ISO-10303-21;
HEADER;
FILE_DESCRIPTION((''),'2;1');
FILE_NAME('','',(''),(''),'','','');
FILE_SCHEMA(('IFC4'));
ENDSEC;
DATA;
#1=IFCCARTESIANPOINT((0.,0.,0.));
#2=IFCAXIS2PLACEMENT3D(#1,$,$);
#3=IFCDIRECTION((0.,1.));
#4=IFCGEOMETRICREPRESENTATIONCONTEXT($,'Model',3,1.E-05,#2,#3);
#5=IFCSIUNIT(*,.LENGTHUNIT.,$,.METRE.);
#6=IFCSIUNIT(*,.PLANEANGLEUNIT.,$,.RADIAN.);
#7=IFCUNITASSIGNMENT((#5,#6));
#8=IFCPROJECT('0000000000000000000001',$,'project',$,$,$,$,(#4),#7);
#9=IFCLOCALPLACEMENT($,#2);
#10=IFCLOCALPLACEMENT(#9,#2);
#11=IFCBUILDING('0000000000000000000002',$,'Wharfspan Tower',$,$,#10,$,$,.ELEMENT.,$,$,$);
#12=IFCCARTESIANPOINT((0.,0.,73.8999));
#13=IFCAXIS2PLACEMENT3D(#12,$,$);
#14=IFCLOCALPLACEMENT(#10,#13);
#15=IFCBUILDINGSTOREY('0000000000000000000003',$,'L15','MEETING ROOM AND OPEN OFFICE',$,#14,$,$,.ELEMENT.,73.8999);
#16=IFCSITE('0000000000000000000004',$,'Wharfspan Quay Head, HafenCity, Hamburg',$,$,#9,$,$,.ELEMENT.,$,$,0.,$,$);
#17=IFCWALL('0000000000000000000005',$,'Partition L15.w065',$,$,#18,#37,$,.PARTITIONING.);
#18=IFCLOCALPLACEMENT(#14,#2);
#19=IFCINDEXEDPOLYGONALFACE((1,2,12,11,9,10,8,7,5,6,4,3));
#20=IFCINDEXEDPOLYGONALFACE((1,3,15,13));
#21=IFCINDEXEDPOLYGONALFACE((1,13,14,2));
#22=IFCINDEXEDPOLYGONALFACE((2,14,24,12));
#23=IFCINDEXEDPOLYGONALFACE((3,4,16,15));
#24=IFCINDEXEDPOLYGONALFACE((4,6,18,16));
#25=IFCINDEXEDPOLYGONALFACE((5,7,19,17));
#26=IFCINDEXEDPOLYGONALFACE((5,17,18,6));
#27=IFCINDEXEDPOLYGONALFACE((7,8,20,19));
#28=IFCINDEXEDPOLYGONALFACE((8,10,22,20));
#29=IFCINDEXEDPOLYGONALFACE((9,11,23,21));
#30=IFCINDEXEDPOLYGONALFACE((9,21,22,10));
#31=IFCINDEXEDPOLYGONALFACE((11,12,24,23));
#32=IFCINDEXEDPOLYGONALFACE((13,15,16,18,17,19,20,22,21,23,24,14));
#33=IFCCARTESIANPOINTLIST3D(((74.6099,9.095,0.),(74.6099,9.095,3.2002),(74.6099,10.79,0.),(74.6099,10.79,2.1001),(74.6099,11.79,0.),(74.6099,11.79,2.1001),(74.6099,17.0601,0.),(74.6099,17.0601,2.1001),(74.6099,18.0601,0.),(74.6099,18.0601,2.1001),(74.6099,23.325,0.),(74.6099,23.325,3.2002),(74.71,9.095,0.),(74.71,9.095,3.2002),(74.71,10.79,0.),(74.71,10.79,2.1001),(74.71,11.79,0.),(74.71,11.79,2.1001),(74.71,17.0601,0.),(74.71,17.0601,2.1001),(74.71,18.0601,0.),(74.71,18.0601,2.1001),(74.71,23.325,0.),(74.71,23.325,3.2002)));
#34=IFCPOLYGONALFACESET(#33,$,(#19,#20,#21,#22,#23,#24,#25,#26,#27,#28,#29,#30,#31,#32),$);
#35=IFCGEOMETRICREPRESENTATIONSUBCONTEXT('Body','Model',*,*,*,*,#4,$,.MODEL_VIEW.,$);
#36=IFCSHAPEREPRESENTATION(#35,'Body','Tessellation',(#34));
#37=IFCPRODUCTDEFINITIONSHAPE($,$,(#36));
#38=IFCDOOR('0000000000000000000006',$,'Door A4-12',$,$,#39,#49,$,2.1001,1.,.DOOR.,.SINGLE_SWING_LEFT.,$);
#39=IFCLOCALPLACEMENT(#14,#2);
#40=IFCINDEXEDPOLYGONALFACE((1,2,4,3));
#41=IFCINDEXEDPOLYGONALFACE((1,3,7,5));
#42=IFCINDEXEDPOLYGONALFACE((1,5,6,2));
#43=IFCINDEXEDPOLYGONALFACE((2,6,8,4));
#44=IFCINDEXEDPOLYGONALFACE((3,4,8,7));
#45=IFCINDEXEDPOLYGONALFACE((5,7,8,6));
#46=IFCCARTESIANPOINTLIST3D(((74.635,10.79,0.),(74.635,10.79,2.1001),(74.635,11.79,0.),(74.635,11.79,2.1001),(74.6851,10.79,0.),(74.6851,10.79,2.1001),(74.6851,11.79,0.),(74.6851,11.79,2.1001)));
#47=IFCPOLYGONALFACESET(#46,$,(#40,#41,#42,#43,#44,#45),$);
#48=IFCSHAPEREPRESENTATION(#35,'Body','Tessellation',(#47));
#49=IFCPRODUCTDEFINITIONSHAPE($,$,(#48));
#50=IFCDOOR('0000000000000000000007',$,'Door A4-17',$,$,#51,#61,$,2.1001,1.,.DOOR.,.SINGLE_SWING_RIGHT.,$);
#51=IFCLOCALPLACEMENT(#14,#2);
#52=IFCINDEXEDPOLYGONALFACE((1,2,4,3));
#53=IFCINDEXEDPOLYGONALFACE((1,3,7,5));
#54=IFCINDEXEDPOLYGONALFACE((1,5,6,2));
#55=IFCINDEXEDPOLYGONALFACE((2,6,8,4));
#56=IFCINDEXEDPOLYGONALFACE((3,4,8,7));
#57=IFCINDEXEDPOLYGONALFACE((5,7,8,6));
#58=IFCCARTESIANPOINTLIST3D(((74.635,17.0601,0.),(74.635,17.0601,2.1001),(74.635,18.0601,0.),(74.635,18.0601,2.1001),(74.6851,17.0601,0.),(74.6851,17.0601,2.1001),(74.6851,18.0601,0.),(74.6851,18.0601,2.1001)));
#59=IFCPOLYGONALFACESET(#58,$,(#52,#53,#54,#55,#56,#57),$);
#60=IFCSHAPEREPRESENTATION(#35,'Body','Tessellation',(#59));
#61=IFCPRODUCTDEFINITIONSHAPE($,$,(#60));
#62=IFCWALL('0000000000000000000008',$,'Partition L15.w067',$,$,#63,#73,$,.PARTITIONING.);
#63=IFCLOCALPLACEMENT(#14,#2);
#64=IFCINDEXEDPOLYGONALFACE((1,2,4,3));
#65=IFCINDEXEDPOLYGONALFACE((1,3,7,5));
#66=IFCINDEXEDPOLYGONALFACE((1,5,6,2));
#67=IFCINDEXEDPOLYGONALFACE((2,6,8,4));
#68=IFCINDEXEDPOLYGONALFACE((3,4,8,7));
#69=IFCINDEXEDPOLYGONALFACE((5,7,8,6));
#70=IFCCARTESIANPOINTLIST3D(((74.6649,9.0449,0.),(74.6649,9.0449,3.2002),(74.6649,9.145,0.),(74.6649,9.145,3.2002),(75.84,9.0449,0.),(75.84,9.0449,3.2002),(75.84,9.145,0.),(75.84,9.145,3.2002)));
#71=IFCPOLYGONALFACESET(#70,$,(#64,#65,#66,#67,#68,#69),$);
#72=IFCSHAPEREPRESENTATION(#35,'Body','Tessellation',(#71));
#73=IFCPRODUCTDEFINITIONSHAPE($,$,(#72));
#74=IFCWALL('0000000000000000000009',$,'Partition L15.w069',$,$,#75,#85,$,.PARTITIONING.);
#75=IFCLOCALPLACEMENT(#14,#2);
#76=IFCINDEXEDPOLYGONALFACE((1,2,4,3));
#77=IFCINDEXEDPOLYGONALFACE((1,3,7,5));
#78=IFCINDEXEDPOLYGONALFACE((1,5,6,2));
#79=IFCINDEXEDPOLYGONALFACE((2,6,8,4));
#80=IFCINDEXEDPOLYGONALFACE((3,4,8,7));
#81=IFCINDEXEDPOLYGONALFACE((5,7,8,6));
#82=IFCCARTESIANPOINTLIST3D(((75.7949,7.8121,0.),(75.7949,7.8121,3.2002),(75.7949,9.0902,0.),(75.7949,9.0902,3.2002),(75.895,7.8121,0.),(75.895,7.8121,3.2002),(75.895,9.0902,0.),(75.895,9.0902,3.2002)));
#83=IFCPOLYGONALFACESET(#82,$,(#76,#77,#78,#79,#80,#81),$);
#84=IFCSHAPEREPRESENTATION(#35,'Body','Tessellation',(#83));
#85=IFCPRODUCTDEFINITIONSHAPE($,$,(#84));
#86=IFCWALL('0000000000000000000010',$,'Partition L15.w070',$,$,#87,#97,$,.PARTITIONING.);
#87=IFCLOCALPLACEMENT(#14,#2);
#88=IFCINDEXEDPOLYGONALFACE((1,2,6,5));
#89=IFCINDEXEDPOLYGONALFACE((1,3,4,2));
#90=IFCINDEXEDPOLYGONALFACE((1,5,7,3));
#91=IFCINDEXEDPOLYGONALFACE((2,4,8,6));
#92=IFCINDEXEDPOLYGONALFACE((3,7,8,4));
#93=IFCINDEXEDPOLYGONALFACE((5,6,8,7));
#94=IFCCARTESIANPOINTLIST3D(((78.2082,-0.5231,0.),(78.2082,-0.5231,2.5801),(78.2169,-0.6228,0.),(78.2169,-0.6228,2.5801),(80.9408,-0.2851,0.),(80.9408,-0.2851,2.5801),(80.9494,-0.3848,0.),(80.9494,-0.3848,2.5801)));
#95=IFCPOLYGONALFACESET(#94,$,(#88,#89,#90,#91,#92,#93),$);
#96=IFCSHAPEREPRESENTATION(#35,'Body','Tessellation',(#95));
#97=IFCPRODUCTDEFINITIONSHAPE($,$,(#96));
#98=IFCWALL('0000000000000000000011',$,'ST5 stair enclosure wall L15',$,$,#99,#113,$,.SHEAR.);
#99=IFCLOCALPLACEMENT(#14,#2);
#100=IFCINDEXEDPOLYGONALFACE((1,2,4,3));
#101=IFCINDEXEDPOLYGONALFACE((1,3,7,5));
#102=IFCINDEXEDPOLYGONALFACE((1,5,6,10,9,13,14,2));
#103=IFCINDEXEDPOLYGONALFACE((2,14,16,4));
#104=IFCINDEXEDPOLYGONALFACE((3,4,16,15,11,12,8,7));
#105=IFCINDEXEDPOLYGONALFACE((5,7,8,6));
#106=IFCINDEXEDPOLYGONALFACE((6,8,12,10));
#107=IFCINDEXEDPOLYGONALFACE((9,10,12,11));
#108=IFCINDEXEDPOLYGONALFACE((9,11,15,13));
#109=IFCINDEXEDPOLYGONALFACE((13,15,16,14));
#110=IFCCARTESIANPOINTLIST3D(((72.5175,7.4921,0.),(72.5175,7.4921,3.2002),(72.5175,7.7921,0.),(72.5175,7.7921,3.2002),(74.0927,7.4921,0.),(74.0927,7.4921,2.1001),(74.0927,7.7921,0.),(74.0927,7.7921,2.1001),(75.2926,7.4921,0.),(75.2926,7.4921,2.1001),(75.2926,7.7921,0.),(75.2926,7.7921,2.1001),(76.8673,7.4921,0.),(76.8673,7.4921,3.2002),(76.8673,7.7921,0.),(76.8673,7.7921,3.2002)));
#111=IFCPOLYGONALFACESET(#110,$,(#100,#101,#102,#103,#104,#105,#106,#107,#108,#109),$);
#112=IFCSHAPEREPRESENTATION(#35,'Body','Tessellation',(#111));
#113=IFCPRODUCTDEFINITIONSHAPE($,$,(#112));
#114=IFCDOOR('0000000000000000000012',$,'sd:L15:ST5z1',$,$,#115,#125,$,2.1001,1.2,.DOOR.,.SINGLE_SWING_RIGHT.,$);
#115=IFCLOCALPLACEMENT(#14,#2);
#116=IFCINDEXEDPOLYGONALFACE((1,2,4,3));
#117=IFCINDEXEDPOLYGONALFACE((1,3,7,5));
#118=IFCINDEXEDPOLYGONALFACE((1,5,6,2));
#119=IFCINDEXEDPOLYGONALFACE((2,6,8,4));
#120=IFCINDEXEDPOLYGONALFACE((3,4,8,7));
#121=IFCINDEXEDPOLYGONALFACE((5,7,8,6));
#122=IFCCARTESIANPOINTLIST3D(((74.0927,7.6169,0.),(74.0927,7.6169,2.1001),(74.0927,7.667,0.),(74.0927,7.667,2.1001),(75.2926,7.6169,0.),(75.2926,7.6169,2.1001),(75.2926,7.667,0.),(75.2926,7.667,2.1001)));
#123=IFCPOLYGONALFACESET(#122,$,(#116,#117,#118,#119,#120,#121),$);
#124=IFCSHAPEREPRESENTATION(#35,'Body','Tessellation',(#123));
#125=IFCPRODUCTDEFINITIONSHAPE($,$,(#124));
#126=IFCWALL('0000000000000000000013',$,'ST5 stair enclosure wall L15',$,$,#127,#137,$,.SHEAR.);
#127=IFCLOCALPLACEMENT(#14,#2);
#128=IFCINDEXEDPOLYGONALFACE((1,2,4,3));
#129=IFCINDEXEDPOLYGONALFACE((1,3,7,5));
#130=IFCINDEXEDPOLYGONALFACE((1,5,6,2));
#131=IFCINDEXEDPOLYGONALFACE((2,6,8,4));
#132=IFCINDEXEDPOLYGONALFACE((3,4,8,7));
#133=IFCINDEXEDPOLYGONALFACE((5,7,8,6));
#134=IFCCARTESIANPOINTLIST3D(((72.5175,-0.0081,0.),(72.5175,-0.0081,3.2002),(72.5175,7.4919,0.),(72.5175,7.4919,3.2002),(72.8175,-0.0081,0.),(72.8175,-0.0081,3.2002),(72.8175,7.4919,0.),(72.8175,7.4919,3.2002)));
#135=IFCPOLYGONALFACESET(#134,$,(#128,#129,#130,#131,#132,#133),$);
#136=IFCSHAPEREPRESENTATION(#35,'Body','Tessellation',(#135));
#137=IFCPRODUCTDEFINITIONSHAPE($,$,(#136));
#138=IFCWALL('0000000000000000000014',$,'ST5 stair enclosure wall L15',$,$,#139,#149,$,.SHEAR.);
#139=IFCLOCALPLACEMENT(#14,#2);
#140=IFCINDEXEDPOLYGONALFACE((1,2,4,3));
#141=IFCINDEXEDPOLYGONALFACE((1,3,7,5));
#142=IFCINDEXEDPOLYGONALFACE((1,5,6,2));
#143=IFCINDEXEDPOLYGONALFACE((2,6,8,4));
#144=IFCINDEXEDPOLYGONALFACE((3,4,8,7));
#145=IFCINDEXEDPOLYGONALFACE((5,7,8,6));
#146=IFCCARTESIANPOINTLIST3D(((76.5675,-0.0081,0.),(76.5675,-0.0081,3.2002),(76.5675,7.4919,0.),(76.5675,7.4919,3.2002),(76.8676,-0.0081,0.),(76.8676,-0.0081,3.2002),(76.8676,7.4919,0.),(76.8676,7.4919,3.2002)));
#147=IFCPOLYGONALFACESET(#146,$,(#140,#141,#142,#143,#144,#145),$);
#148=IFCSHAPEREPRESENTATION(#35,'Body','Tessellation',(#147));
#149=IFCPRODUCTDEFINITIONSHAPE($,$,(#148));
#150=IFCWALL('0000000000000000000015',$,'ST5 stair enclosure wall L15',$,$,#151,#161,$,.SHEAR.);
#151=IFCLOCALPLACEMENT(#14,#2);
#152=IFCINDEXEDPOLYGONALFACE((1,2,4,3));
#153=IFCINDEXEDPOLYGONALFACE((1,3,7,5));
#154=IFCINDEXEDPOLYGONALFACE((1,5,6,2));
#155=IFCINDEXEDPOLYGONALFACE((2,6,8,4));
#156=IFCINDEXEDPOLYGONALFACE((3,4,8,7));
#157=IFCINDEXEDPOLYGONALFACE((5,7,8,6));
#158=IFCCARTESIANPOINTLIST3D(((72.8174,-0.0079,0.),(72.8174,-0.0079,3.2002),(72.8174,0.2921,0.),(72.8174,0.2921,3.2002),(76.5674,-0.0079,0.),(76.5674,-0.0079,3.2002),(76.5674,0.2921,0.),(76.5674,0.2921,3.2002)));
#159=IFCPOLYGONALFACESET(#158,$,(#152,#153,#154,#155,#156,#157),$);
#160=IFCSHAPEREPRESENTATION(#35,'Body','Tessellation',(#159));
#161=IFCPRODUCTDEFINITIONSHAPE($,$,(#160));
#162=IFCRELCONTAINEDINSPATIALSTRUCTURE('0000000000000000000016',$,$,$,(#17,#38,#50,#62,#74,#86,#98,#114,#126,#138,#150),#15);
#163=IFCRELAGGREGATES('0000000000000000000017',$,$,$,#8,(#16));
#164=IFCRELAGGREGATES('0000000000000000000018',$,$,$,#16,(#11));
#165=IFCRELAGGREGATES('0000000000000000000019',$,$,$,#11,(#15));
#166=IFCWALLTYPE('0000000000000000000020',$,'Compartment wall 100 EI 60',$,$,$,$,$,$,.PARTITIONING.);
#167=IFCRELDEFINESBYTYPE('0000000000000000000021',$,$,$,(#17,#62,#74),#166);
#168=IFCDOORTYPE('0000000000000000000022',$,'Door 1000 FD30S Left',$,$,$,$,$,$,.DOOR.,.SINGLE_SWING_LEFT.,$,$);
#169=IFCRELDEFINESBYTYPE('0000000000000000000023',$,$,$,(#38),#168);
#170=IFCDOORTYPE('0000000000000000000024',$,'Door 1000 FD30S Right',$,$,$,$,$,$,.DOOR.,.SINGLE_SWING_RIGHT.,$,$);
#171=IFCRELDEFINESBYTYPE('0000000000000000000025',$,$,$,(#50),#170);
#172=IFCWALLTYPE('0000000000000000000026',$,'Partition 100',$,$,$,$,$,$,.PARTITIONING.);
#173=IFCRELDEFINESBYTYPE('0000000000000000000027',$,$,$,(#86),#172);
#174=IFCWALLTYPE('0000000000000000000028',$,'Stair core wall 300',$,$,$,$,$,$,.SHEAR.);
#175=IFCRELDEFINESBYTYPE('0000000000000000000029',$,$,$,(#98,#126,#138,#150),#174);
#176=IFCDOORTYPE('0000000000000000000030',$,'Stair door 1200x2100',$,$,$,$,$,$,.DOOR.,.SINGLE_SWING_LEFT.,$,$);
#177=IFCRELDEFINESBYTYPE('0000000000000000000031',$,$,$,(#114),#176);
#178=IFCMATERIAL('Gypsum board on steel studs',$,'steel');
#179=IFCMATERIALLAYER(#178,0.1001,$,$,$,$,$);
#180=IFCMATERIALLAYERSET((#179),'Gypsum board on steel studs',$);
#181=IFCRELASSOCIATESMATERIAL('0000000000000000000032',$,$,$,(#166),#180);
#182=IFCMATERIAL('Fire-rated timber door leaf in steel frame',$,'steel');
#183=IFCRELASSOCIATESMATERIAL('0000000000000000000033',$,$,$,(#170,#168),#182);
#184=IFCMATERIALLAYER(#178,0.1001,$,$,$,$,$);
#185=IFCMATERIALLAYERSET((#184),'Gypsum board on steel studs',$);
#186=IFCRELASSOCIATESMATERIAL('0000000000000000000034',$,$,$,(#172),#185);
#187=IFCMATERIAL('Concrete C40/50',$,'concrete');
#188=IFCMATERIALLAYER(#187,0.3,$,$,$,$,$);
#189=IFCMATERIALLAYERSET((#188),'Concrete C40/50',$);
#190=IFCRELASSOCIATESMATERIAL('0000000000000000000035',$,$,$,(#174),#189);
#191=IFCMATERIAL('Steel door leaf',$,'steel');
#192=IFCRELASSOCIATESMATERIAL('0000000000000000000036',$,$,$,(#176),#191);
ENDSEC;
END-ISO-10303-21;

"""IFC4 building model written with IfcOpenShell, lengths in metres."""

from ifc_helpers import new_model, si_unit, direction, frame, frame_2d, origin, place, context, subcontext, project, spatial, rectangle, extrude, material, layer, layer_set, type_object, element, fill, save


model = new_model("IFC4")

# Units and contexts
model_context = context("Model", 3, precision=1e-05, world=origin(), true_north=direction((0.0, 1.0)))
body_context = subcontext(model_context, "Body", "Model", "MODEL_VIEW")
ifc_project = project(units=[si_unit("LENGTHUNIT", "METRE"), si_unit("PLANEANGLEUNIT", "RADIAN")], contexts=[model_context])

# Site, building, storey
site_placement = place(None, origin())
site = spatial("IfcSite", under=ifc_project, at=site_placement, Name="Wharfspan Quay Head, HafenCity, Hamburg", CompositionType="ELEMENT", RefElevation=0.0)
building_placement = place(site_placement, origin())
building = spatial("IfcBuilding", under=site, at=building_placement, Name="Wharfspan Tower", CompositionType="ELEMENT")
storey_placement = place(building_placement, frame((0.0, 0.0, 73.8999)))
storey = spatial("IfcBuildingStorey", under=building, at=storey_placement, Name="L15", Description="MEETING ROOM AND OPEN OFFICE", CompositionType="ELEMENT", Elevation=73.8999)

# Wall, openings, doors
ifc_material_1 = material(Name="Gypsum board on steel studs", Category="steel")
ifc_layer_1 = layer(ifc_material_1, 0.1001)
ifc_layer_set_1 = layer_set([ifc_layer_1], Name="Gypsum board on steel studs")
wall_type_1 = type_object("IfcWallType", Name="Compartment wall 100 EI 60", PredefinedType="PARTITIONING", material=ifc_layer_set_1)
ifc_material_2 = material(Name="Fire-rated timber door leaf in steel frame", Category="steel")
door_type_1 = type_object("IfcDoorType", Name="Door 1000 FD30S Right", OperationType="SINGLE_SWING_RIGHT", PredefinedType="DOOR", material=ifc_material_2)
wall_1_placement = place(storey_placement, frame((74.6599, 9.095, 0.0), z_axis=(0.0, 0.0, 1.0), x_axis=(0.0, 1.0, 0.0)))
wall_1 = element("IfcWall", 1, at=wall_1_placement, inside=storey, type_object=wall_type_1, Name="Partition L15.w065", PredefinedType="PARTITIONING", context=body_context, shape_type="SweptSolid", body=[
    extrude(rectangle(XDim=14.23, YDim=0.1001, at=frame_2d((7.115, 0.0))), origin(), (0.0, 0.0, 1.0), 3.2002),
])
opening_1_placement = place(wall_1_placement, frame((1.6951, 0.0, 0.0)))
opening_1 = element("IfcOpeningElement", 2, at=opening_1_placement, cuts=wall_1, PredefinedType="OPENING", context=body_context, shape_type="SweptSolid", body=[
    extrude(rectangle(XDim=1.0, YDim=2.1001, at=frame_2d((0.5, 1.05))), frame((0.0, 0.0601, 0.0), z_axis=(0.0, -1.0, 0.0), x_axis=(1.0, 0.0, 0.0)), (0.0, 0.0, 1.0), 0.1201),
])
opening_2_placement = place(wall_1_placement, frame((7.9651, 0.0, 0.0)))
opening_2 = element("IfcOpeningElement", 3, at=opening_2_placement, cuts=wall_1, PredefinedType="OPENING", context=body_context, shape_type="SweptSolid", body=[
    extrude(rectangle(XDim=1.0, YDim=2.1001, at=frame_2d((0.5, 1.05))), frame((0.0, 0.0601, 0.0), z_axis=(0.0, -1.0, 0.0), x_axis=(1.0, 0.0, 0.0)), (0.0, 0.0, 1.0), 0.1201),
])
door_type_2 = type_object("IfcDoorType", Name="Door 1000 FD30S Left", OperationType="SINGLE_SWING_LEFT", PredefinedType="DOOR", material=ifc_material_2)
door_1_placement = place(opening_1_placement, origin())
door_1 = element("IfcDoor", 4, at=door_1_placement, inside=storey, type_object=door_type_2, Name="Door A4-12", OperationType="SINGLE_SWING_LEFT", OverallHeight=2.1001, OverallWidth=1.0, PredefinedType="DOOR", context=body_context, shape_type="SweptSolid", body=[
    extrude(rectangle(XDim=1.0, YDim=2.1001, at=frame_2d((0.5, 1.05))), frame((0.0, 0.0249, 0.0), z_axis=(0.0, -1.0, 0.0), x_axis=(1.0, 0.0, 0.0)), (0.0, 0.0, 1.0), 0.05),
])
fill(opening_1, door_1)
door_2_placement = place(opening_2_placement, origin())
door_2 = element("IfcDoor", 5, at=door_2_placement, inside=storey, type_object=door_type_1, Name="Door A4-17", OperationType="SINGLE_SWING_RIGHT", OverallHeight=2.1001, OverallWidth=1.0, PredefinedType="DOOR", context=body_context, shape_type="SweptSolid", body=[
    extrude(rectangle(XDim=1.0, YDim=2.1001, at=frame_2d((0.5, 1.05))), frame((0.0, 0.0249, 0.0), z_axis=(0.0, -1.0, 0.0), x_axis=(1.0, 0.0, 0.0)), (0.0, 0.0, 1.0), 0.05),
])
fill(opening_2, door_2)

# Walls
wall_2_placement = place(storey_placement, frame((74.665, 9.095, 0.0), z_axis=(0.0, 0.0, 1.0), x_axis=(1.0, 0.0, 0.0)))
element("IfcWall", 6, at=wall_2_placement, inside=storey, type_object=wall_type_1, Name="Partition L15.w067", PredefinedType="PARTITIONING", context=body_context, shape_type="SweptSolid", body=[
    extrude(rectangle(XDim=1.175, YDim=0.1001, at=frame_2d((0.5874, 0.0))), origin(), (0.0, 0.0, 1.0), 3.2002),
])
wall_3_placement = place(storey_placement, frame((75.845, 7.812, 0.0), z_axis=(0.0, 0.0, 1.0), x_axis=(0.0, 1.0, 0.0)))
element("IfcWall", 7, at=wall_3_placement, inside=storey, type_object=wall_type_1, Name="Partition L15.w069", PredefinedType="PARTITIONING", context=body_context, shape_type="SweptSolid", body=[
    extrude(rectangle(XDim=1.2781, YDim=0.1001, at=frame_2d((0.6392, 0.0))), origin(), (0.0, 0.0, 1.0), 3.2002),
])
ifc_layer_2 = layer(ifc_material_1, 0.1001)
ifc_layer_set_2 = layer_set([ifc_layer_2], Name="Gypsum board on steel studs")
wall_type_2 = type_object("IfcWallType", Name="Partition 100", PredefinedType="PARTITIONING", material=ifc_layer_set_2)
wall_4_placement = place(storey_placement, frame((78.2124, -0.573, 0.0), z_axis=(0.0, 0.0, 1.0), x_axis=(0.996224, 0.086779, 0.0)))
element("IfcWall", 8, at=wall_4_placement, inside=storey, type_object=wall_type_2, Name="Partition L15.w070", PredefinedType="PARTITIONING", context=body_context, shape_type="SweptSolid", body=[
    extrude(rectangle(XDim=2.7429, YDim=0.1001, at=frame_2d((1.3716, 0.0))), origin(), (0.0, 0.0, 1.0), 2.5801),
])

# Wall, opening, door
ifc_material_3 = material(Name="Concrete C40/50", Category="concrete")
ifc_layer_3 = layer(ifc_material_3, 0.3)
ifc_layer_set_3 = layer_set([ifc_layer_3], Name="Concrete C40/50")
wall_type_3 = type_object("IfcWallType", Name="Stair core wall 300", PredefinedType="SHEAR", material=ifc_layer_set_3)
wall_5_placement = place(storey_placement, frame((72.5176, 7.6421, 0.0), z_axis=(0.0, 0.0, 1.0), x_axis=(1.0, 0.0, 0.0)))
wall_5 = element("IfcWall", 9, at=wall_5_placement, inside=storey, type_object=wall_type_3, Name="ST5 stair enclosure wall L15", PredefinedType="SHEAR", context=body_context, shape_type="SweptSolid", body=[
    extrude(rectangle(XDim=4.3499, YDim=0.3, at=frame_2d((2.1748, 0.0))), origin(), (0.0, 0.0, 1.0), 3.2002),
])
opening_3_placement = place(wall_5_placement, frame((1.575, 0.0, 0.0)))
opening_3 = element("IfcOpeningElement", 10, at=opening_3_placement, cuts=wall_5, PredefinedType="OPENING", context=body_context, shape_type="SweptSolid", body=[
    extrude(rectangle(XDim=1.2, YDim=2.1001, at=frame_2d((0.6001, 1.05))), frame((0.0, 0.1599, 0.0), z_axis=(0.0, -1.0, 0.0), x_axis=(1.0, 0.0, 0.0)), (0.0, 0.0, 1.0), 0.3201),
])
ifc_material_4 = material(Name="Steel door leaf", Category="steel")
door_type_3 = type_object("IfcDoorType", Name="Stair door 1200x2100", OperationType="SINGLE_SWING_LEFT", PredefinedType="DOOR", material=ifc_material_4)
door_3_placement = place(opening_3_placement, origin())
door_3 = element("IfcDoor", 11, at=door_3_placement, inside=storey, type_object=door_type_3, Name="sd:L15:ST5z1", OperationType="SINGLE_SWING_RIGHT", OverallHeight=2.1001, OverallWidth=1.2, PredefinedType="DOOR", context=body_context, shape_type="SweptSolid", body=[
    extrude(rectangle(XDim=1.2, YDim=2.1001, at=frame_2d((0.6001, 1.05))), frame((0.0, 0.0249, 0.0), z_axis=(0.0, -1.0, 0.0), x_axis=(1.0, 0.0, 0.0)), (0.0, 0.0, 1.0), 0.05),
])
fill(opening_3, door_3)

# Walls
for number, where, z_axis, x_axis, name in (
    (12, (72.6675, -0.0081, 0.0), (0.0, 0.0, 1.0), (0.0, 1.0, 0.0), "ST5 stair enclosure wall L15"),
    (13, (76.7175, -0.0081, 0.0), (0.0, 0.0, 1.0), (0.0, 1.0, 0.0), "ST5 stair enclosure wall L15"),
):
    element("IfcWall", number, at=place(storey_placement, frame(where, z_axis=z_axis, x_axis=x_axis)), inside=storey, type_object=wall_type_3, Name=name, PredefinedType="SHEAR", context=body_context, shape_type="SweptSolid", body=[
        extrude(rectangle(XDim=7.5, YDim=0.3, at=frame_2d((3.75, 0.0))), origin(), (0.0, 0.0, 1.0), 3.2002),
    ])
wall_6_placement = place(storey_placement, frame((72.8174, 0.1421, 0.0), z_axis=(0.0, 0.0, 1.0), x_axis=(1.0, 0.0, 0.0)))
element("IfcWall", 14, at=wall_6_placement, inside=storey, type_object=wall_type_3, Name="ST5 stair enclosure wall L15", PredefinedType="SHEAR", context=body_context, shape_type="SweptSolid", body=[
    extrude(rectangle(XDim=3.75, YDim=0.3, at=frame_2d((1.875, 0.0))), origin(), (0.0, 0.0, 1.0), 3.2002),
])

save(model, "model.ifc")
